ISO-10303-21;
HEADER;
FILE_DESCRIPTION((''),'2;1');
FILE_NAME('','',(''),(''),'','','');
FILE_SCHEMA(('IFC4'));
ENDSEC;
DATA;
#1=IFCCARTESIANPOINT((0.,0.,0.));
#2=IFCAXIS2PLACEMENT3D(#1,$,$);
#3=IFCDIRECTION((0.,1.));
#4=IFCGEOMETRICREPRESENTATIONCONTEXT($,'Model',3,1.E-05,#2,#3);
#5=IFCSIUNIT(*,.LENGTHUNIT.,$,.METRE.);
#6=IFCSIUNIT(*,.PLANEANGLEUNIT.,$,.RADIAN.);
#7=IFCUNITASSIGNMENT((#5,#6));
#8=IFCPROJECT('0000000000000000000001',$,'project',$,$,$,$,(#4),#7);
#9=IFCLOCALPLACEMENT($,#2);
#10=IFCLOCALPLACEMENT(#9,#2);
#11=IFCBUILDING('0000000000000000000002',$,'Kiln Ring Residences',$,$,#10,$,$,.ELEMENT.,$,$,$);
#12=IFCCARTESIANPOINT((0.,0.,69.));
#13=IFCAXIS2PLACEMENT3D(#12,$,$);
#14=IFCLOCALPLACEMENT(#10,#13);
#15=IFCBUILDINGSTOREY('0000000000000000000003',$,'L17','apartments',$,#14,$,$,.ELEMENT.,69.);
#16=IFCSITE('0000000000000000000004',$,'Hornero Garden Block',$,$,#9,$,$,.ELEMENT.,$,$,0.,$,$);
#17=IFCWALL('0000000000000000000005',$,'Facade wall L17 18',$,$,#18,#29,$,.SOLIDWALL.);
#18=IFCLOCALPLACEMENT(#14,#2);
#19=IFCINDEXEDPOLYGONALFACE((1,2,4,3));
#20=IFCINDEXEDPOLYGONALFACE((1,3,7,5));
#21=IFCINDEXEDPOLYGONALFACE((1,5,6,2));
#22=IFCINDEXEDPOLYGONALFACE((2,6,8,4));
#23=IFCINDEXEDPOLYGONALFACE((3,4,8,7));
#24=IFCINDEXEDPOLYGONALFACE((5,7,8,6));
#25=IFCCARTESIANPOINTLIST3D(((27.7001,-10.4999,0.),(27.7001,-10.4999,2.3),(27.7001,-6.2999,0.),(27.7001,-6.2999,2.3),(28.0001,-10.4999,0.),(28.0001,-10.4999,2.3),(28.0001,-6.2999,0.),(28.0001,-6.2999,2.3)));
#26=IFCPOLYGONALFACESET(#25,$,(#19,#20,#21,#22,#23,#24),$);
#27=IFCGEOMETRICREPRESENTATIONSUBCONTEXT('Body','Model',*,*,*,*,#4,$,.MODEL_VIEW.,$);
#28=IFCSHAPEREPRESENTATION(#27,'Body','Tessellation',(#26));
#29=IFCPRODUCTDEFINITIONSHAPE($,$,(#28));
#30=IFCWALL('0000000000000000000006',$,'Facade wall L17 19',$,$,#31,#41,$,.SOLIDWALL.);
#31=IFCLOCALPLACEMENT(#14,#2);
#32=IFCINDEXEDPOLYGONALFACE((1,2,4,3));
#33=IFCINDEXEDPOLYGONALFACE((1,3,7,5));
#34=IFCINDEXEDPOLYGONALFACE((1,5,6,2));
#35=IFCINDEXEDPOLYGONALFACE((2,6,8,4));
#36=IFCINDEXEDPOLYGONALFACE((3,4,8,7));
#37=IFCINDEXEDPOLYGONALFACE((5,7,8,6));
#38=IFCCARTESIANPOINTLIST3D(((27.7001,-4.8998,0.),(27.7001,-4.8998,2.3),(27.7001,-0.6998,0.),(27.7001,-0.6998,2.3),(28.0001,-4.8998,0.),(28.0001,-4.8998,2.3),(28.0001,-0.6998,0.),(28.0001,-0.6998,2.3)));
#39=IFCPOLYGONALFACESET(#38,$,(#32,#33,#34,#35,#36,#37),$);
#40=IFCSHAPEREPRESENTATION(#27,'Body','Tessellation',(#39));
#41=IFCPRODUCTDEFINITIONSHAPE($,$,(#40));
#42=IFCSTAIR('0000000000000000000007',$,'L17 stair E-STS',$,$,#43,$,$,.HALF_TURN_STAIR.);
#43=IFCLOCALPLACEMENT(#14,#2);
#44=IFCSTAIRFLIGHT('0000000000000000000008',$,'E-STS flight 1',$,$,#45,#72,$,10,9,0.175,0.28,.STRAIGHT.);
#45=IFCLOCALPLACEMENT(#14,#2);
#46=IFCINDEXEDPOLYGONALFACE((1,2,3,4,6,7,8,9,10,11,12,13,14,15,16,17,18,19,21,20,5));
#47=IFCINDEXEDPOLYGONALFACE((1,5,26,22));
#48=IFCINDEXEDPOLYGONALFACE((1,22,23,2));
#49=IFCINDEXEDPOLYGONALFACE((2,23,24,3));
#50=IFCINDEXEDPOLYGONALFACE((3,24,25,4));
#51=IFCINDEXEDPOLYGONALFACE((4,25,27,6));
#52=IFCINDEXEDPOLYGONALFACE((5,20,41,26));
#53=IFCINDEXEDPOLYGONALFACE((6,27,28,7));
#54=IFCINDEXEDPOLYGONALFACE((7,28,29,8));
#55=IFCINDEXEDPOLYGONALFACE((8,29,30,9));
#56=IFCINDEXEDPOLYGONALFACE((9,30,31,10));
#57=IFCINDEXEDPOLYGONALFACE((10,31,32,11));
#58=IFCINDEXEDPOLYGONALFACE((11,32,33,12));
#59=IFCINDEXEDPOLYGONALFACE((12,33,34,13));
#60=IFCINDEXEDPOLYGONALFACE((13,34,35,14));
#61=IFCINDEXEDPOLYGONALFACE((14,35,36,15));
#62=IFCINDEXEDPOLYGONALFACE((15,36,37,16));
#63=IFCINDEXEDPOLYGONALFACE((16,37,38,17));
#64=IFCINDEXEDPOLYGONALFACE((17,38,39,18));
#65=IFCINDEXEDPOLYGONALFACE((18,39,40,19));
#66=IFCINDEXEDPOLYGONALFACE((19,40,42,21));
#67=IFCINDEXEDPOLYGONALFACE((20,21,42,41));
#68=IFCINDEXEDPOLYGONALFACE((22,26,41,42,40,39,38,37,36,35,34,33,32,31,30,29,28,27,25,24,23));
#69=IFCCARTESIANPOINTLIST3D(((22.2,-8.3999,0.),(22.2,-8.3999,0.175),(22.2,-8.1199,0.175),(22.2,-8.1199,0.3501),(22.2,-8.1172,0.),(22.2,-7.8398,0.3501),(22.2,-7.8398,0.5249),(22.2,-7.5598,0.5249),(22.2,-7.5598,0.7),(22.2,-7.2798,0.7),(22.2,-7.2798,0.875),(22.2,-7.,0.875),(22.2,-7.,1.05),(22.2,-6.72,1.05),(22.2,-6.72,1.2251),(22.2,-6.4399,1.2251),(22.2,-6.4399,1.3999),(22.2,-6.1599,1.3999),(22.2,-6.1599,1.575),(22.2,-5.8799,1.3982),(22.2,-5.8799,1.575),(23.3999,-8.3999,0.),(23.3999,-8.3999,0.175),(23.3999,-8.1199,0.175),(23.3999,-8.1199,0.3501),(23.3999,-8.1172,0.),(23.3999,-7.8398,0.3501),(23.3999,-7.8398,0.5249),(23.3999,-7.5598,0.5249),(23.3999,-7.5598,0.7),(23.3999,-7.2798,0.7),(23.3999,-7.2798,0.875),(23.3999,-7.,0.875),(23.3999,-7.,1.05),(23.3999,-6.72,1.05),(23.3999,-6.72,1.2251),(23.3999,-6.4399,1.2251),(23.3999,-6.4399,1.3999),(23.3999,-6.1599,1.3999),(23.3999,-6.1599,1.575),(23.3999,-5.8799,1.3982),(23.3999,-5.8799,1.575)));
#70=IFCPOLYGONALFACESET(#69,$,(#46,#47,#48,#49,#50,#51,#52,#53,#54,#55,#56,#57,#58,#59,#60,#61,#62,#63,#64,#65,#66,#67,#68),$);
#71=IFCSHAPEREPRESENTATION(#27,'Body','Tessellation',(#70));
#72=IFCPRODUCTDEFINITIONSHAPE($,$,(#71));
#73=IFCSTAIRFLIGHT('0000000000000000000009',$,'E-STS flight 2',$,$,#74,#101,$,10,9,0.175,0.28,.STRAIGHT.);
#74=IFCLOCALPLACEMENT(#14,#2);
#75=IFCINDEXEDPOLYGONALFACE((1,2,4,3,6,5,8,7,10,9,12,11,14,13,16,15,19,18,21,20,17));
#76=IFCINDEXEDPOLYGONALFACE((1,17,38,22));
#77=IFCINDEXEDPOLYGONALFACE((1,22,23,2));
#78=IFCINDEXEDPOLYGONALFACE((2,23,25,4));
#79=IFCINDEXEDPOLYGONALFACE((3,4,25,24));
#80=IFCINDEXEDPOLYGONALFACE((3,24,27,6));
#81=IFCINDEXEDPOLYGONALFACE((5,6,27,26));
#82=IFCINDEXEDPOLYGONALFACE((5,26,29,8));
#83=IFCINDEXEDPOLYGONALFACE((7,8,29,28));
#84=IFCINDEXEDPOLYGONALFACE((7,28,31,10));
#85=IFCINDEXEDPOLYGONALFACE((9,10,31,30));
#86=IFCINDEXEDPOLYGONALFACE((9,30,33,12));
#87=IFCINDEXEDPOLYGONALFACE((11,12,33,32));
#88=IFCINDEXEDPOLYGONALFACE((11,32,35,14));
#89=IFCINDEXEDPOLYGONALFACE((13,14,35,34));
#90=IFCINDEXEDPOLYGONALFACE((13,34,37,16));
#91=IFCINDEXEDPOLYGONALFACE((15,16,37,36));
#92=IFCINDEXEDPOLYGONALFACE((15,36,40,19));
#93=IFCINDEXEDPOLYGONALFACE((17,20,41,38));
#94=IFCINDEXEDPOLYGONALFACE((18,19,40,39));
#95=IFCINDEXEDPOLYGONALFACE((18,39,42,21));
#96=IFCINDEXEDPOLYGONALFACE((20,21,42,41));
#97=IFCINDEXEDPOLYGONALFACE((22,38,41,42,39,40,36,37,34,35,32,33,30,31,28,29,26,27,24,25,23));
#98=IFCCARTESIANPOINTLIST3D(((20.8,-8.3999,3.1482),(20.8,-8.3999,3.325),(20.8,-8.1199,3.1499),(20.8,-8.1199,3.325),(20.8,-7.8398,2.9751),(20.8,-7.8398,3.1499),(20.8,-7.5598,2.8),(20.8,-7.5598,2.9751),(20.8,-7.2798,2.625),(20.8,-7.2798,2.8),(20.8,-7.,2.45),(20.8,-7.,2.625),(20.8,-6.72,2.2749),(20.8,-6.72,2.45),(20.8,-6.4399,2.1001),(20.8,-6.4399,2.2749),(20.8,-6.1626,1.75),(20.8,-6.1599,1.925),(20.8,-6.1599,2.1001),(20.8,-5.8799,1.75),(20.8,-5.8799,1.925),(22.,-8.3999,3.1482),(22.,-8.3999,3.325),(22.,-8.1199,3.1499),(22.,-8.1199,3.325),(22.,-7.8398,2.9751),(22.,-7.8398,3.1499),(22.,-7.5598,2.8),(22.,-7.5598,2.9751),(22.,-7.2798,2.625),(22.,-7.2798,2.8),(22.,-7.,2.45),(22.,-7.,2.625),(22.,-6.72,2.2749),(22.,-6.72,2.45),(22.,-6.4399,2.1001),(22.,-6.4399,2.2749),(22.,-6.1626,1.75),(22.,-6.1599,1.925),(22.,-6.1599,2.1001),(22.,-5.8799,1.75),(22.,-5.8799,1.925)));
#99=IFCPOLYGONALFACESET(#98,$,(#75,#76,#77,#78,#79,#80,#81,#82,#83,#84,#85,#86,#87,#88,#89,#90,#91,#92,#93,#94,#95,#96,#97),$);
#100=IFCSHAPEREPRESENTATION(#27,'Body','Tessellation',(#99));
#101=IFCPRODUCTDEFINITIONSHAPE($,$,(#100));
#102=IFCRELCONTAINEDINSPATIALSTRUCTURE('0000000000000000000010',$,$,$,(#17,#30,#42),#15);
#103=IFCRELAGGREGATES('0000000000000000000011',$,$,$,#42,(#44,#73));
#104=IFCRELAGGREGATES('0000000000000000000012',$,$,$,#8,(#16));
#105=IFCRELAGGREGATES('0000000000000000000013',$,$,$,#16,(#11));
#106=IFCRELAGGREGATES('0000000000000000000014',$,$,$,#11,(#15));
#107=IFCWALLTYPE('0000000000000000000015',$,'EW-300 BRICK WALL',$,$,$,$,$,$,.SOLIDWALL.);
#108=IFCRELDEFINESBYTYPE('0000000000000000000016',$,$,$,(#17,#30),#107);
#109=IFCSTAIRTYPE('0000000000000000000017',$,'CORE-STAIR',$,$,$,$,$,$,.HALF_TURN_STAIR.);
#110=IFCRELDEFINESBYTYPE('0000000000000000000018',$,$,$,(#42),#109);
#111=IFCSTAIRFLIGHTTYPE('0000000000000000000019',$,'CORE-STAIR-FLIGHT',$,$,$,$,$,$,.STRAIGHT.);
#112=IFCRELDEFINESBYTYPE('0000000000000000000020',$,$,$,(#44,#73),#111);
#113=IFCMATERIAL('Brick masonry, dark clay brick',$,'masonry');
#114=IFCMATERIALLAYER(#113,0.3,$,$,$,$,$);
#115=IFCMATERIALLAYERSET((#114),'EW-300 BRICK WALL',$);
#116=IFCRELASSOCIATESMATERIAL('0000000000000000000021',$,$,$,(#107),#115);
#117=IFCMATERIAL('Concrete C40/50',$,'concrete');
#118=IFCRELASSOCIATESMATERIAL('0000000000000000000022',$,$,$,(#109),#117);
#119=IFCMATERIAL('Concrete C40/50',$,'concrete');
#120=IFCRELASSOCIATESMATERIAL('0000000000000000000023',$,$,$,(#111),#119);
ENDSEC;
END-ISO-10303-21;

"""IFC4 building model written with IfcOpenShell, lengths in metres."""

from ifc_helpers import new_model, si_unit, direction, frame, frame_2d, origin, place, context, subcontext, project, spatial, polyline, rectangle, outline, extrude, material, layer, layer_set, type_object, element, aggregate, save


model = new_model("IFC4")

# Units and contexts
model_context = context("Model", 3, precision=1e-05, world=origin(), true_north=direction((0.0, 1.0)))
body_context = subcontext(model_context, "Body", "Model", "MODEL_VIEW")
ifc_project = project(units=[si_unit("LENGTHUNIT", "METRE"), si_unit("PLANEANGLEUNIT", "RADIAN")], contexts=[model_context])

# Site, building, storey
site_placement = place(None, origin())
site = spatial("IfcSite", under=ifc_project, at=site_placement, Name="Hornero Garden Block", CompositionType="ELEMENT", RefElevation=0.0)
building_placement = place(site_placement, origin())
building = spatial("IfcBuilding", under=site, at=building_placement, Name="Kiln Ring Residences", CompositionType="ELEMENT")
storey_placement = place(building_placement, frame((0.0, 0.0, 69.0)))
storey = spatial("IfcBuildingStorey", under=building, at=storey_placement, Name="L17", Description="apartments", CompositionType="ELEMENT", Elevation=69.0)

# Walls
ifc_material_1 = material(Name="Brick masonry, dark clay brick", Category="masonry")
ifc_layer_1 = layer(ifc_material_1, 0.3)
ifc_layer_set_1 = layer_set([ifc_layer_1], Name="EW-300 BRICK WALL")
wall_type_1 = type_object("IfcWallType", Name="EW-300 BRICK WALL", PredefinedType="SOLIDWALL", material=ifc_layer_set_1)
for number, where, z_axis, x_axis, name in (
    (1, (27.8501, -10.5, 0.0), (0.0, 0.0, 1.0), (0.0, 1.0, 0.0), "Facade wall L17 18"),
    (2, (27.8501, -4.8999, 0.0), (0.0, 0.0, 1.0), (0.0, 1.0, 0.0), "Facade wall L17 19"),
):
    element("IfcWall", number, at=place(storey_placement, frame(where, z_axis=z_axis, x_axis=x_axis)), inside=storey, type_object=wall_type_1, Name=name, PredefinedType="SOLIDWALL", context=body_context, shape_type="SweptSolid", body=[
        extrude(rectangle(XDim=4.2, YDim=0.3, at=frame_2d((2.1001, 0.0))), origin(), (0.0, 0.0, 1.0), 2.3),
    ])

# Stair, stair flights
ifc_material_2 = material(Name="Concrete C40/50", Category="concrete")
stair_type = type_object("IfcStairType", Name="CORE-STAIR", PredefinedType="HALF_TURN_STAIR", material=ifc_material_2)
stair_placement = place(storey_placement, origin())
stair = element("IfcStair", 3, at=stair_placement, inside=storey, type_object=stair_type, Name="L17 stair E-STS", PredefinedType="HALF_TURN_STAIR")
ifc_material_3 = material(Name="Concrete C40/50", Category="concrete")
stair_flight_type = type_object("IfcStairFlightType", Name="CORE-STAIR-FLIGHT", PredefinedType="STRAIGHT", material=ifc_material_3)
stair_flight_1_placement = place(storey_placement, frame((22.8, -8.3999, 0.0), z_axis=(0.0, 0.0, 1.0), x_axis=(0.0, 1.0, 0.0)))
stair_flight_1 = element("IfcStairFlight", 4, at=stair_flight_1_placement, type_object=stair_flight_type, Name="E-STS flight 1", NumberOfRisers=10, NumberOfTreads=9, PredefinedType="STRAIGHT", RiserHeight=0.175, TreadLength=0.28, context=body_context, shape_type="SweptSolid", body=[
    extrude(outline(polyline([(0.0, 0.0), (0.0, 0.175), (0.28, 0.175), (0.28, 0.3501), (0.5601, 0.3501), (0.5601, 0.5249), (0.8401, 0.5249), (0.8401, 0.7), (1.1201, 0.7), (1.1201, 0.875), (1.3999, 0.875), (1.3999, 1.05), (1.6799, 1.05), (1.6799, 1.2251), (1.96, 1.2251), (1.96, 1.3999), (2.24, 1.3999), (2.24, 1.575), (2.52, 1.575), (2.52, 1.75), (2.52, 1.3982), (0.2827, 0.0), (0.0, 0.0)])), frame((0.0, 0.6001, 0.0), z_axis=(0.0, -1.0, 0.0), x_axis=(1.0, 0.0, 0.0)), (0.0, 0.0, 1.0), 1.2),
])
stair_flight_2_placement = place(storey_placement, frame((21.3999, -5.8799, 1.75), z_axis=(0.0, 0.0, 1.0), x_axis=(0.0, -1.0, 0.0)))
stair_flight_2 = element("IfcStairFlight", 5, at=stair_flight_2_placement, type_object=stair_flight_type, Name="E-STS flight 2", NumberOfRisers=10, NumberOfTreads=9, PredefinedType="STRAIGHT", RiserHeight=0.175, TreadLength=0.28, context=body_context, shape_type="SweptSolid", body=[
    extrude(outline(polyline([(0.0, 0.0), (0.0, 0.175), (0.28, 0.175), (0.28, 0.3501), (0.5601, 0.3501), (0.5601, 0.5249), (0.8401, 0.5249), (0.8401, 0.7), (1.1201, 0.7), (1.1201, 0.875), (1.3999, 0.875), (1.3999, 1.05), (1.6799, 1.05), (1.6799, 1.2251), (1.96, 1.2251), (1.96, 1.3999), (2.24, 1.3999), (2.24, 1.575), (2.52, 1.575), (2.52, 1.75), (2.52, 1.3982), (0.2827, 0.0), (0.0, 0.0)])), frame((0.0, 0.6001, 0.0), z_axis=(0.0, -1.0, 0.0), x_axis=(1.0, 0.0, 0.0)), (0.0, 0.0, 1.0), 1.2),
])
aggregate(stair, [stair_flight_1, stair_flight_2])

save(model, "model.ifc")
